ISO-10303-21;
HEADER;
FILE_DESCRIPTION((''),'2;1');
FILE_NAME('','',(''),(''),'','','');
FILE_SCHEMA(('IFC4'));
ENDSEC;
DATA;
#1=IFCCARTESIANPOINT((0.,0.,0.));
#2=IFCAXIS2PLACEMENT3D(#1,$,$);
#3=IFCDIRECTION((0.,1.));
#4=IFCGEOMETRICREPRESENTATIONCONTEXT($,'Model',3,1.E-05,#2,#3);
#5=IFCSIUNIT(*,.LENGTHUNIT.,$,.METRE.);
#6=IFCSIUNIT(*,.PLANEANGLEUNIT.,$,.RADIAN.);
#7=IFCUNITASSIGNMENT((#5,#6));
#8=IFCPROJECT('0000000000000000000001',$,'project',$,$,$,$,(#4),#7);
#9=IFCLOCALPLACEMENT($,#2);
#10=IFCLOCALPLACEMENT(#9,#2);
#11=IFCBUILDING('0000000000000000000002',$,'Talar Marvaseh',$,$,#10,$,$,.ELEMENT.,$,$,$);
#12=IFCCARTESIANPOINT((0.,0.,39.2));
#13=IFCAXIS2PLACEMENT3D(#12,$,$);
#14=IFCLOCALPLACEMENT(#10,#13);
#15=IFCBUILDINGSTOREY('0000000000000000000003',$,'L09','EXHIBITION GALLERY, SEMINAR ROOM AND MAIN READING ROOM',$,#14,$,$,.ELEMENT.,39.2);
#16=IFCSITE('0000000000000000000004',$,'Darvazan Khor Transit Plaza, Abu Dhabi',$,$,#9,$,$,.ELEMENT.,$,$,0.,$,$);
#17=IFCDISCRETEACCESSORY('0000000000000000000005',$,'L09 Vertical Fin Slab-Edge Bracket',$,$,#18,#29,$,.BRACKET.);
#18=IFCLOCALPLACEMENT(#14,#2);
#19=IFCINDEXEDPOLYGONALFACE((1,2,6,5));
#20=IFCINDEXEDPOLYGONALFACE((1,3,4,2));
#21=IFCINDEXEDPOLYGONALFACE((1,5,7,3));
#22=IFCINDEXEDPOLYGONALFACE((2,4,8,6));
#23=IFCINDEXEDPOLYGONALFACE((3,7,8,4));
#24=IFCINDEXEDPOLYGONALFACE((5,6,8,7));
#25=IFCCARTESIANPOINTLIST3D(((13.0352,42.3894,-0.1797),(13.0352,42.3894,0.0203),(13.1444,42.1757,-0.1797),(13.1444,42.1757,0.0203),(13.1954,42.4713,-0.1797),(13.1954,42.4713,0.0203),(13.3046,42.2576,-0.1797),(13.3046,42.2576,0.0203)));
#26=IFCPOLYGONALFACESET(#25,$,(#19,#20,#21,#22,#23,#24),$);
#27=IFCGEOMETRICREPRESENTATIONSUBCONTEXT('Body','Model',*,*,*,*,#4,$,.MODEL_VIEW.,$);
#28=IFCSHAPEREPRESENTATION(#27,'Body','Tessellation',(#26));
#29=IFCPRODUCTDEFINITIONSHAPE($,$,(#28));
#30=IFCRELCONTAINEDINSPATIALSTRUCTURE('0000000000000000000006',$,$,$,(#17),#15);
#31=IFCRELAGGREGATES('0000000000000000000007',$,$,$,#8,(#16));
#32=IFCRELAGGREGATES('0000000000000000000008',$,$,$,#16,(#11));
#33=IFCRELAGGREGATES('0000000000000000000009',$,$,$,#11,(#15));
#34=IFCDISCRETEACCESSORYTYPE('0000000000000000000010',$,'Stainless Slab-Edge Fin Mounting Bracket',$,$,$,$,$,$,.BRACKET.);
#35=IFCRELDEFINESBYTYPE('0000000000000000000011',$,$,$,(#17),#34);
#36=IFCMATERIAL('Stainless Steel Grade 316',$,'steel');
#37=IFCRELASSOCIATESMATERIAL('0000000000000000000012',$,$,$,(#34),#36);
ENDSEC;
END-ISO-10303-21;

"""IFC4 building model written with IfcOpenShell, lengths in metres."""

from ifc_helpers import new_model, si_unit, direction, frame, origin, origin_2d, place, context, subcontext, project, spatial, rectangle, extrude, source, transform, mapped, material, type_object, type_shapes, element, save


model = new_model("IFC4")

# Units and contexts
model_context = context("Model", 3, precision=1e-05, world=origin(), true_north=direction((0.0, 1.0)))
body_context = subcontext(model_context, "Body", "Model", "MODEL_VIEW")
ifc_project = project(units=[si_unit("LENGTHUNIT", "METRE"), si_unit("PLANEANGLEUNIT", "RADIAN")], contexts=[model_context])

# Site, building, storey
site_placement = place(None, origin())
site = spatial("IfcSite", under=ifc_project, at=site_placement, Name="Darvazan Khor Transit Plaza, Abu Dhabi", CompositionType="ELEMENT", RefElevation=0.0)
building_placement = place(site_placement, origin())
building = spatial("IfcBuilding", under=site, at=building_placement, Name="Talar Marvaseh", CompositionType="ELEMENT")
storey_placement = place(building_placement, frame((0.0, 0.0, 39.2)))
storey = spatial("IfcBuildingStorey", under=building, at=storey_placement, Name="L09", Description="EXHIBITION GALLERY, SEMINAR ROOM AND MAIN READING ROOM", CompositionType="ELEMENT", Elevation=39.2)

# Discrete accessory
ifc_material_1 = material(Name="Stainless Steel Grade 316", Category="steel")
discrete_accessory_type = type_object("IfcDiscreteAccessoryType", Name="Stainless Slab-Edge Fin Mounting Bracket", PredefinedType="BRACKET", material=ifc_material_1)
shared_shape_1 = source(origin(), body_context, "Body", "SweptSolid", [
    extrude(rectangle(XDim=0.24, YDim=0.1799, at=origin_2d()), origin(), (0.0, 0.0, 1.0), 0.2),
])
type_shapes(discrete_accessory_type, [shared_shape_1])
for number, where, z_axis, x_axis, name in (
    (1, (13.1699, 42.3235, -0.1797), (0.0, 0.0, 1.0), (-0.455079, 0.890451, 0.0), "L09 Vertical Fin Slab-Edge Bracket"),
):
    element("IfcDiscreteAccessory", number, at=place(storey_placement, frame(where, z_axis=z_axis, x_axis=x_axis)), inside=storey, type_object=discrete_accessory_type, Name=name, PredefinedType="BRACKET", context=body_context, shape_type="MappedRepresentation", body=[
        mapped(shared_shape_1, transform((0.0, 0.0, 0.0), x_axis=(1.0, 0.0, 0.0), y_axis=(0.0, 1.0, 0.0), z_axis=(0.0, 0.0, 1.0), scale=1.0)),
    ])

save(model, "model.ifc")
